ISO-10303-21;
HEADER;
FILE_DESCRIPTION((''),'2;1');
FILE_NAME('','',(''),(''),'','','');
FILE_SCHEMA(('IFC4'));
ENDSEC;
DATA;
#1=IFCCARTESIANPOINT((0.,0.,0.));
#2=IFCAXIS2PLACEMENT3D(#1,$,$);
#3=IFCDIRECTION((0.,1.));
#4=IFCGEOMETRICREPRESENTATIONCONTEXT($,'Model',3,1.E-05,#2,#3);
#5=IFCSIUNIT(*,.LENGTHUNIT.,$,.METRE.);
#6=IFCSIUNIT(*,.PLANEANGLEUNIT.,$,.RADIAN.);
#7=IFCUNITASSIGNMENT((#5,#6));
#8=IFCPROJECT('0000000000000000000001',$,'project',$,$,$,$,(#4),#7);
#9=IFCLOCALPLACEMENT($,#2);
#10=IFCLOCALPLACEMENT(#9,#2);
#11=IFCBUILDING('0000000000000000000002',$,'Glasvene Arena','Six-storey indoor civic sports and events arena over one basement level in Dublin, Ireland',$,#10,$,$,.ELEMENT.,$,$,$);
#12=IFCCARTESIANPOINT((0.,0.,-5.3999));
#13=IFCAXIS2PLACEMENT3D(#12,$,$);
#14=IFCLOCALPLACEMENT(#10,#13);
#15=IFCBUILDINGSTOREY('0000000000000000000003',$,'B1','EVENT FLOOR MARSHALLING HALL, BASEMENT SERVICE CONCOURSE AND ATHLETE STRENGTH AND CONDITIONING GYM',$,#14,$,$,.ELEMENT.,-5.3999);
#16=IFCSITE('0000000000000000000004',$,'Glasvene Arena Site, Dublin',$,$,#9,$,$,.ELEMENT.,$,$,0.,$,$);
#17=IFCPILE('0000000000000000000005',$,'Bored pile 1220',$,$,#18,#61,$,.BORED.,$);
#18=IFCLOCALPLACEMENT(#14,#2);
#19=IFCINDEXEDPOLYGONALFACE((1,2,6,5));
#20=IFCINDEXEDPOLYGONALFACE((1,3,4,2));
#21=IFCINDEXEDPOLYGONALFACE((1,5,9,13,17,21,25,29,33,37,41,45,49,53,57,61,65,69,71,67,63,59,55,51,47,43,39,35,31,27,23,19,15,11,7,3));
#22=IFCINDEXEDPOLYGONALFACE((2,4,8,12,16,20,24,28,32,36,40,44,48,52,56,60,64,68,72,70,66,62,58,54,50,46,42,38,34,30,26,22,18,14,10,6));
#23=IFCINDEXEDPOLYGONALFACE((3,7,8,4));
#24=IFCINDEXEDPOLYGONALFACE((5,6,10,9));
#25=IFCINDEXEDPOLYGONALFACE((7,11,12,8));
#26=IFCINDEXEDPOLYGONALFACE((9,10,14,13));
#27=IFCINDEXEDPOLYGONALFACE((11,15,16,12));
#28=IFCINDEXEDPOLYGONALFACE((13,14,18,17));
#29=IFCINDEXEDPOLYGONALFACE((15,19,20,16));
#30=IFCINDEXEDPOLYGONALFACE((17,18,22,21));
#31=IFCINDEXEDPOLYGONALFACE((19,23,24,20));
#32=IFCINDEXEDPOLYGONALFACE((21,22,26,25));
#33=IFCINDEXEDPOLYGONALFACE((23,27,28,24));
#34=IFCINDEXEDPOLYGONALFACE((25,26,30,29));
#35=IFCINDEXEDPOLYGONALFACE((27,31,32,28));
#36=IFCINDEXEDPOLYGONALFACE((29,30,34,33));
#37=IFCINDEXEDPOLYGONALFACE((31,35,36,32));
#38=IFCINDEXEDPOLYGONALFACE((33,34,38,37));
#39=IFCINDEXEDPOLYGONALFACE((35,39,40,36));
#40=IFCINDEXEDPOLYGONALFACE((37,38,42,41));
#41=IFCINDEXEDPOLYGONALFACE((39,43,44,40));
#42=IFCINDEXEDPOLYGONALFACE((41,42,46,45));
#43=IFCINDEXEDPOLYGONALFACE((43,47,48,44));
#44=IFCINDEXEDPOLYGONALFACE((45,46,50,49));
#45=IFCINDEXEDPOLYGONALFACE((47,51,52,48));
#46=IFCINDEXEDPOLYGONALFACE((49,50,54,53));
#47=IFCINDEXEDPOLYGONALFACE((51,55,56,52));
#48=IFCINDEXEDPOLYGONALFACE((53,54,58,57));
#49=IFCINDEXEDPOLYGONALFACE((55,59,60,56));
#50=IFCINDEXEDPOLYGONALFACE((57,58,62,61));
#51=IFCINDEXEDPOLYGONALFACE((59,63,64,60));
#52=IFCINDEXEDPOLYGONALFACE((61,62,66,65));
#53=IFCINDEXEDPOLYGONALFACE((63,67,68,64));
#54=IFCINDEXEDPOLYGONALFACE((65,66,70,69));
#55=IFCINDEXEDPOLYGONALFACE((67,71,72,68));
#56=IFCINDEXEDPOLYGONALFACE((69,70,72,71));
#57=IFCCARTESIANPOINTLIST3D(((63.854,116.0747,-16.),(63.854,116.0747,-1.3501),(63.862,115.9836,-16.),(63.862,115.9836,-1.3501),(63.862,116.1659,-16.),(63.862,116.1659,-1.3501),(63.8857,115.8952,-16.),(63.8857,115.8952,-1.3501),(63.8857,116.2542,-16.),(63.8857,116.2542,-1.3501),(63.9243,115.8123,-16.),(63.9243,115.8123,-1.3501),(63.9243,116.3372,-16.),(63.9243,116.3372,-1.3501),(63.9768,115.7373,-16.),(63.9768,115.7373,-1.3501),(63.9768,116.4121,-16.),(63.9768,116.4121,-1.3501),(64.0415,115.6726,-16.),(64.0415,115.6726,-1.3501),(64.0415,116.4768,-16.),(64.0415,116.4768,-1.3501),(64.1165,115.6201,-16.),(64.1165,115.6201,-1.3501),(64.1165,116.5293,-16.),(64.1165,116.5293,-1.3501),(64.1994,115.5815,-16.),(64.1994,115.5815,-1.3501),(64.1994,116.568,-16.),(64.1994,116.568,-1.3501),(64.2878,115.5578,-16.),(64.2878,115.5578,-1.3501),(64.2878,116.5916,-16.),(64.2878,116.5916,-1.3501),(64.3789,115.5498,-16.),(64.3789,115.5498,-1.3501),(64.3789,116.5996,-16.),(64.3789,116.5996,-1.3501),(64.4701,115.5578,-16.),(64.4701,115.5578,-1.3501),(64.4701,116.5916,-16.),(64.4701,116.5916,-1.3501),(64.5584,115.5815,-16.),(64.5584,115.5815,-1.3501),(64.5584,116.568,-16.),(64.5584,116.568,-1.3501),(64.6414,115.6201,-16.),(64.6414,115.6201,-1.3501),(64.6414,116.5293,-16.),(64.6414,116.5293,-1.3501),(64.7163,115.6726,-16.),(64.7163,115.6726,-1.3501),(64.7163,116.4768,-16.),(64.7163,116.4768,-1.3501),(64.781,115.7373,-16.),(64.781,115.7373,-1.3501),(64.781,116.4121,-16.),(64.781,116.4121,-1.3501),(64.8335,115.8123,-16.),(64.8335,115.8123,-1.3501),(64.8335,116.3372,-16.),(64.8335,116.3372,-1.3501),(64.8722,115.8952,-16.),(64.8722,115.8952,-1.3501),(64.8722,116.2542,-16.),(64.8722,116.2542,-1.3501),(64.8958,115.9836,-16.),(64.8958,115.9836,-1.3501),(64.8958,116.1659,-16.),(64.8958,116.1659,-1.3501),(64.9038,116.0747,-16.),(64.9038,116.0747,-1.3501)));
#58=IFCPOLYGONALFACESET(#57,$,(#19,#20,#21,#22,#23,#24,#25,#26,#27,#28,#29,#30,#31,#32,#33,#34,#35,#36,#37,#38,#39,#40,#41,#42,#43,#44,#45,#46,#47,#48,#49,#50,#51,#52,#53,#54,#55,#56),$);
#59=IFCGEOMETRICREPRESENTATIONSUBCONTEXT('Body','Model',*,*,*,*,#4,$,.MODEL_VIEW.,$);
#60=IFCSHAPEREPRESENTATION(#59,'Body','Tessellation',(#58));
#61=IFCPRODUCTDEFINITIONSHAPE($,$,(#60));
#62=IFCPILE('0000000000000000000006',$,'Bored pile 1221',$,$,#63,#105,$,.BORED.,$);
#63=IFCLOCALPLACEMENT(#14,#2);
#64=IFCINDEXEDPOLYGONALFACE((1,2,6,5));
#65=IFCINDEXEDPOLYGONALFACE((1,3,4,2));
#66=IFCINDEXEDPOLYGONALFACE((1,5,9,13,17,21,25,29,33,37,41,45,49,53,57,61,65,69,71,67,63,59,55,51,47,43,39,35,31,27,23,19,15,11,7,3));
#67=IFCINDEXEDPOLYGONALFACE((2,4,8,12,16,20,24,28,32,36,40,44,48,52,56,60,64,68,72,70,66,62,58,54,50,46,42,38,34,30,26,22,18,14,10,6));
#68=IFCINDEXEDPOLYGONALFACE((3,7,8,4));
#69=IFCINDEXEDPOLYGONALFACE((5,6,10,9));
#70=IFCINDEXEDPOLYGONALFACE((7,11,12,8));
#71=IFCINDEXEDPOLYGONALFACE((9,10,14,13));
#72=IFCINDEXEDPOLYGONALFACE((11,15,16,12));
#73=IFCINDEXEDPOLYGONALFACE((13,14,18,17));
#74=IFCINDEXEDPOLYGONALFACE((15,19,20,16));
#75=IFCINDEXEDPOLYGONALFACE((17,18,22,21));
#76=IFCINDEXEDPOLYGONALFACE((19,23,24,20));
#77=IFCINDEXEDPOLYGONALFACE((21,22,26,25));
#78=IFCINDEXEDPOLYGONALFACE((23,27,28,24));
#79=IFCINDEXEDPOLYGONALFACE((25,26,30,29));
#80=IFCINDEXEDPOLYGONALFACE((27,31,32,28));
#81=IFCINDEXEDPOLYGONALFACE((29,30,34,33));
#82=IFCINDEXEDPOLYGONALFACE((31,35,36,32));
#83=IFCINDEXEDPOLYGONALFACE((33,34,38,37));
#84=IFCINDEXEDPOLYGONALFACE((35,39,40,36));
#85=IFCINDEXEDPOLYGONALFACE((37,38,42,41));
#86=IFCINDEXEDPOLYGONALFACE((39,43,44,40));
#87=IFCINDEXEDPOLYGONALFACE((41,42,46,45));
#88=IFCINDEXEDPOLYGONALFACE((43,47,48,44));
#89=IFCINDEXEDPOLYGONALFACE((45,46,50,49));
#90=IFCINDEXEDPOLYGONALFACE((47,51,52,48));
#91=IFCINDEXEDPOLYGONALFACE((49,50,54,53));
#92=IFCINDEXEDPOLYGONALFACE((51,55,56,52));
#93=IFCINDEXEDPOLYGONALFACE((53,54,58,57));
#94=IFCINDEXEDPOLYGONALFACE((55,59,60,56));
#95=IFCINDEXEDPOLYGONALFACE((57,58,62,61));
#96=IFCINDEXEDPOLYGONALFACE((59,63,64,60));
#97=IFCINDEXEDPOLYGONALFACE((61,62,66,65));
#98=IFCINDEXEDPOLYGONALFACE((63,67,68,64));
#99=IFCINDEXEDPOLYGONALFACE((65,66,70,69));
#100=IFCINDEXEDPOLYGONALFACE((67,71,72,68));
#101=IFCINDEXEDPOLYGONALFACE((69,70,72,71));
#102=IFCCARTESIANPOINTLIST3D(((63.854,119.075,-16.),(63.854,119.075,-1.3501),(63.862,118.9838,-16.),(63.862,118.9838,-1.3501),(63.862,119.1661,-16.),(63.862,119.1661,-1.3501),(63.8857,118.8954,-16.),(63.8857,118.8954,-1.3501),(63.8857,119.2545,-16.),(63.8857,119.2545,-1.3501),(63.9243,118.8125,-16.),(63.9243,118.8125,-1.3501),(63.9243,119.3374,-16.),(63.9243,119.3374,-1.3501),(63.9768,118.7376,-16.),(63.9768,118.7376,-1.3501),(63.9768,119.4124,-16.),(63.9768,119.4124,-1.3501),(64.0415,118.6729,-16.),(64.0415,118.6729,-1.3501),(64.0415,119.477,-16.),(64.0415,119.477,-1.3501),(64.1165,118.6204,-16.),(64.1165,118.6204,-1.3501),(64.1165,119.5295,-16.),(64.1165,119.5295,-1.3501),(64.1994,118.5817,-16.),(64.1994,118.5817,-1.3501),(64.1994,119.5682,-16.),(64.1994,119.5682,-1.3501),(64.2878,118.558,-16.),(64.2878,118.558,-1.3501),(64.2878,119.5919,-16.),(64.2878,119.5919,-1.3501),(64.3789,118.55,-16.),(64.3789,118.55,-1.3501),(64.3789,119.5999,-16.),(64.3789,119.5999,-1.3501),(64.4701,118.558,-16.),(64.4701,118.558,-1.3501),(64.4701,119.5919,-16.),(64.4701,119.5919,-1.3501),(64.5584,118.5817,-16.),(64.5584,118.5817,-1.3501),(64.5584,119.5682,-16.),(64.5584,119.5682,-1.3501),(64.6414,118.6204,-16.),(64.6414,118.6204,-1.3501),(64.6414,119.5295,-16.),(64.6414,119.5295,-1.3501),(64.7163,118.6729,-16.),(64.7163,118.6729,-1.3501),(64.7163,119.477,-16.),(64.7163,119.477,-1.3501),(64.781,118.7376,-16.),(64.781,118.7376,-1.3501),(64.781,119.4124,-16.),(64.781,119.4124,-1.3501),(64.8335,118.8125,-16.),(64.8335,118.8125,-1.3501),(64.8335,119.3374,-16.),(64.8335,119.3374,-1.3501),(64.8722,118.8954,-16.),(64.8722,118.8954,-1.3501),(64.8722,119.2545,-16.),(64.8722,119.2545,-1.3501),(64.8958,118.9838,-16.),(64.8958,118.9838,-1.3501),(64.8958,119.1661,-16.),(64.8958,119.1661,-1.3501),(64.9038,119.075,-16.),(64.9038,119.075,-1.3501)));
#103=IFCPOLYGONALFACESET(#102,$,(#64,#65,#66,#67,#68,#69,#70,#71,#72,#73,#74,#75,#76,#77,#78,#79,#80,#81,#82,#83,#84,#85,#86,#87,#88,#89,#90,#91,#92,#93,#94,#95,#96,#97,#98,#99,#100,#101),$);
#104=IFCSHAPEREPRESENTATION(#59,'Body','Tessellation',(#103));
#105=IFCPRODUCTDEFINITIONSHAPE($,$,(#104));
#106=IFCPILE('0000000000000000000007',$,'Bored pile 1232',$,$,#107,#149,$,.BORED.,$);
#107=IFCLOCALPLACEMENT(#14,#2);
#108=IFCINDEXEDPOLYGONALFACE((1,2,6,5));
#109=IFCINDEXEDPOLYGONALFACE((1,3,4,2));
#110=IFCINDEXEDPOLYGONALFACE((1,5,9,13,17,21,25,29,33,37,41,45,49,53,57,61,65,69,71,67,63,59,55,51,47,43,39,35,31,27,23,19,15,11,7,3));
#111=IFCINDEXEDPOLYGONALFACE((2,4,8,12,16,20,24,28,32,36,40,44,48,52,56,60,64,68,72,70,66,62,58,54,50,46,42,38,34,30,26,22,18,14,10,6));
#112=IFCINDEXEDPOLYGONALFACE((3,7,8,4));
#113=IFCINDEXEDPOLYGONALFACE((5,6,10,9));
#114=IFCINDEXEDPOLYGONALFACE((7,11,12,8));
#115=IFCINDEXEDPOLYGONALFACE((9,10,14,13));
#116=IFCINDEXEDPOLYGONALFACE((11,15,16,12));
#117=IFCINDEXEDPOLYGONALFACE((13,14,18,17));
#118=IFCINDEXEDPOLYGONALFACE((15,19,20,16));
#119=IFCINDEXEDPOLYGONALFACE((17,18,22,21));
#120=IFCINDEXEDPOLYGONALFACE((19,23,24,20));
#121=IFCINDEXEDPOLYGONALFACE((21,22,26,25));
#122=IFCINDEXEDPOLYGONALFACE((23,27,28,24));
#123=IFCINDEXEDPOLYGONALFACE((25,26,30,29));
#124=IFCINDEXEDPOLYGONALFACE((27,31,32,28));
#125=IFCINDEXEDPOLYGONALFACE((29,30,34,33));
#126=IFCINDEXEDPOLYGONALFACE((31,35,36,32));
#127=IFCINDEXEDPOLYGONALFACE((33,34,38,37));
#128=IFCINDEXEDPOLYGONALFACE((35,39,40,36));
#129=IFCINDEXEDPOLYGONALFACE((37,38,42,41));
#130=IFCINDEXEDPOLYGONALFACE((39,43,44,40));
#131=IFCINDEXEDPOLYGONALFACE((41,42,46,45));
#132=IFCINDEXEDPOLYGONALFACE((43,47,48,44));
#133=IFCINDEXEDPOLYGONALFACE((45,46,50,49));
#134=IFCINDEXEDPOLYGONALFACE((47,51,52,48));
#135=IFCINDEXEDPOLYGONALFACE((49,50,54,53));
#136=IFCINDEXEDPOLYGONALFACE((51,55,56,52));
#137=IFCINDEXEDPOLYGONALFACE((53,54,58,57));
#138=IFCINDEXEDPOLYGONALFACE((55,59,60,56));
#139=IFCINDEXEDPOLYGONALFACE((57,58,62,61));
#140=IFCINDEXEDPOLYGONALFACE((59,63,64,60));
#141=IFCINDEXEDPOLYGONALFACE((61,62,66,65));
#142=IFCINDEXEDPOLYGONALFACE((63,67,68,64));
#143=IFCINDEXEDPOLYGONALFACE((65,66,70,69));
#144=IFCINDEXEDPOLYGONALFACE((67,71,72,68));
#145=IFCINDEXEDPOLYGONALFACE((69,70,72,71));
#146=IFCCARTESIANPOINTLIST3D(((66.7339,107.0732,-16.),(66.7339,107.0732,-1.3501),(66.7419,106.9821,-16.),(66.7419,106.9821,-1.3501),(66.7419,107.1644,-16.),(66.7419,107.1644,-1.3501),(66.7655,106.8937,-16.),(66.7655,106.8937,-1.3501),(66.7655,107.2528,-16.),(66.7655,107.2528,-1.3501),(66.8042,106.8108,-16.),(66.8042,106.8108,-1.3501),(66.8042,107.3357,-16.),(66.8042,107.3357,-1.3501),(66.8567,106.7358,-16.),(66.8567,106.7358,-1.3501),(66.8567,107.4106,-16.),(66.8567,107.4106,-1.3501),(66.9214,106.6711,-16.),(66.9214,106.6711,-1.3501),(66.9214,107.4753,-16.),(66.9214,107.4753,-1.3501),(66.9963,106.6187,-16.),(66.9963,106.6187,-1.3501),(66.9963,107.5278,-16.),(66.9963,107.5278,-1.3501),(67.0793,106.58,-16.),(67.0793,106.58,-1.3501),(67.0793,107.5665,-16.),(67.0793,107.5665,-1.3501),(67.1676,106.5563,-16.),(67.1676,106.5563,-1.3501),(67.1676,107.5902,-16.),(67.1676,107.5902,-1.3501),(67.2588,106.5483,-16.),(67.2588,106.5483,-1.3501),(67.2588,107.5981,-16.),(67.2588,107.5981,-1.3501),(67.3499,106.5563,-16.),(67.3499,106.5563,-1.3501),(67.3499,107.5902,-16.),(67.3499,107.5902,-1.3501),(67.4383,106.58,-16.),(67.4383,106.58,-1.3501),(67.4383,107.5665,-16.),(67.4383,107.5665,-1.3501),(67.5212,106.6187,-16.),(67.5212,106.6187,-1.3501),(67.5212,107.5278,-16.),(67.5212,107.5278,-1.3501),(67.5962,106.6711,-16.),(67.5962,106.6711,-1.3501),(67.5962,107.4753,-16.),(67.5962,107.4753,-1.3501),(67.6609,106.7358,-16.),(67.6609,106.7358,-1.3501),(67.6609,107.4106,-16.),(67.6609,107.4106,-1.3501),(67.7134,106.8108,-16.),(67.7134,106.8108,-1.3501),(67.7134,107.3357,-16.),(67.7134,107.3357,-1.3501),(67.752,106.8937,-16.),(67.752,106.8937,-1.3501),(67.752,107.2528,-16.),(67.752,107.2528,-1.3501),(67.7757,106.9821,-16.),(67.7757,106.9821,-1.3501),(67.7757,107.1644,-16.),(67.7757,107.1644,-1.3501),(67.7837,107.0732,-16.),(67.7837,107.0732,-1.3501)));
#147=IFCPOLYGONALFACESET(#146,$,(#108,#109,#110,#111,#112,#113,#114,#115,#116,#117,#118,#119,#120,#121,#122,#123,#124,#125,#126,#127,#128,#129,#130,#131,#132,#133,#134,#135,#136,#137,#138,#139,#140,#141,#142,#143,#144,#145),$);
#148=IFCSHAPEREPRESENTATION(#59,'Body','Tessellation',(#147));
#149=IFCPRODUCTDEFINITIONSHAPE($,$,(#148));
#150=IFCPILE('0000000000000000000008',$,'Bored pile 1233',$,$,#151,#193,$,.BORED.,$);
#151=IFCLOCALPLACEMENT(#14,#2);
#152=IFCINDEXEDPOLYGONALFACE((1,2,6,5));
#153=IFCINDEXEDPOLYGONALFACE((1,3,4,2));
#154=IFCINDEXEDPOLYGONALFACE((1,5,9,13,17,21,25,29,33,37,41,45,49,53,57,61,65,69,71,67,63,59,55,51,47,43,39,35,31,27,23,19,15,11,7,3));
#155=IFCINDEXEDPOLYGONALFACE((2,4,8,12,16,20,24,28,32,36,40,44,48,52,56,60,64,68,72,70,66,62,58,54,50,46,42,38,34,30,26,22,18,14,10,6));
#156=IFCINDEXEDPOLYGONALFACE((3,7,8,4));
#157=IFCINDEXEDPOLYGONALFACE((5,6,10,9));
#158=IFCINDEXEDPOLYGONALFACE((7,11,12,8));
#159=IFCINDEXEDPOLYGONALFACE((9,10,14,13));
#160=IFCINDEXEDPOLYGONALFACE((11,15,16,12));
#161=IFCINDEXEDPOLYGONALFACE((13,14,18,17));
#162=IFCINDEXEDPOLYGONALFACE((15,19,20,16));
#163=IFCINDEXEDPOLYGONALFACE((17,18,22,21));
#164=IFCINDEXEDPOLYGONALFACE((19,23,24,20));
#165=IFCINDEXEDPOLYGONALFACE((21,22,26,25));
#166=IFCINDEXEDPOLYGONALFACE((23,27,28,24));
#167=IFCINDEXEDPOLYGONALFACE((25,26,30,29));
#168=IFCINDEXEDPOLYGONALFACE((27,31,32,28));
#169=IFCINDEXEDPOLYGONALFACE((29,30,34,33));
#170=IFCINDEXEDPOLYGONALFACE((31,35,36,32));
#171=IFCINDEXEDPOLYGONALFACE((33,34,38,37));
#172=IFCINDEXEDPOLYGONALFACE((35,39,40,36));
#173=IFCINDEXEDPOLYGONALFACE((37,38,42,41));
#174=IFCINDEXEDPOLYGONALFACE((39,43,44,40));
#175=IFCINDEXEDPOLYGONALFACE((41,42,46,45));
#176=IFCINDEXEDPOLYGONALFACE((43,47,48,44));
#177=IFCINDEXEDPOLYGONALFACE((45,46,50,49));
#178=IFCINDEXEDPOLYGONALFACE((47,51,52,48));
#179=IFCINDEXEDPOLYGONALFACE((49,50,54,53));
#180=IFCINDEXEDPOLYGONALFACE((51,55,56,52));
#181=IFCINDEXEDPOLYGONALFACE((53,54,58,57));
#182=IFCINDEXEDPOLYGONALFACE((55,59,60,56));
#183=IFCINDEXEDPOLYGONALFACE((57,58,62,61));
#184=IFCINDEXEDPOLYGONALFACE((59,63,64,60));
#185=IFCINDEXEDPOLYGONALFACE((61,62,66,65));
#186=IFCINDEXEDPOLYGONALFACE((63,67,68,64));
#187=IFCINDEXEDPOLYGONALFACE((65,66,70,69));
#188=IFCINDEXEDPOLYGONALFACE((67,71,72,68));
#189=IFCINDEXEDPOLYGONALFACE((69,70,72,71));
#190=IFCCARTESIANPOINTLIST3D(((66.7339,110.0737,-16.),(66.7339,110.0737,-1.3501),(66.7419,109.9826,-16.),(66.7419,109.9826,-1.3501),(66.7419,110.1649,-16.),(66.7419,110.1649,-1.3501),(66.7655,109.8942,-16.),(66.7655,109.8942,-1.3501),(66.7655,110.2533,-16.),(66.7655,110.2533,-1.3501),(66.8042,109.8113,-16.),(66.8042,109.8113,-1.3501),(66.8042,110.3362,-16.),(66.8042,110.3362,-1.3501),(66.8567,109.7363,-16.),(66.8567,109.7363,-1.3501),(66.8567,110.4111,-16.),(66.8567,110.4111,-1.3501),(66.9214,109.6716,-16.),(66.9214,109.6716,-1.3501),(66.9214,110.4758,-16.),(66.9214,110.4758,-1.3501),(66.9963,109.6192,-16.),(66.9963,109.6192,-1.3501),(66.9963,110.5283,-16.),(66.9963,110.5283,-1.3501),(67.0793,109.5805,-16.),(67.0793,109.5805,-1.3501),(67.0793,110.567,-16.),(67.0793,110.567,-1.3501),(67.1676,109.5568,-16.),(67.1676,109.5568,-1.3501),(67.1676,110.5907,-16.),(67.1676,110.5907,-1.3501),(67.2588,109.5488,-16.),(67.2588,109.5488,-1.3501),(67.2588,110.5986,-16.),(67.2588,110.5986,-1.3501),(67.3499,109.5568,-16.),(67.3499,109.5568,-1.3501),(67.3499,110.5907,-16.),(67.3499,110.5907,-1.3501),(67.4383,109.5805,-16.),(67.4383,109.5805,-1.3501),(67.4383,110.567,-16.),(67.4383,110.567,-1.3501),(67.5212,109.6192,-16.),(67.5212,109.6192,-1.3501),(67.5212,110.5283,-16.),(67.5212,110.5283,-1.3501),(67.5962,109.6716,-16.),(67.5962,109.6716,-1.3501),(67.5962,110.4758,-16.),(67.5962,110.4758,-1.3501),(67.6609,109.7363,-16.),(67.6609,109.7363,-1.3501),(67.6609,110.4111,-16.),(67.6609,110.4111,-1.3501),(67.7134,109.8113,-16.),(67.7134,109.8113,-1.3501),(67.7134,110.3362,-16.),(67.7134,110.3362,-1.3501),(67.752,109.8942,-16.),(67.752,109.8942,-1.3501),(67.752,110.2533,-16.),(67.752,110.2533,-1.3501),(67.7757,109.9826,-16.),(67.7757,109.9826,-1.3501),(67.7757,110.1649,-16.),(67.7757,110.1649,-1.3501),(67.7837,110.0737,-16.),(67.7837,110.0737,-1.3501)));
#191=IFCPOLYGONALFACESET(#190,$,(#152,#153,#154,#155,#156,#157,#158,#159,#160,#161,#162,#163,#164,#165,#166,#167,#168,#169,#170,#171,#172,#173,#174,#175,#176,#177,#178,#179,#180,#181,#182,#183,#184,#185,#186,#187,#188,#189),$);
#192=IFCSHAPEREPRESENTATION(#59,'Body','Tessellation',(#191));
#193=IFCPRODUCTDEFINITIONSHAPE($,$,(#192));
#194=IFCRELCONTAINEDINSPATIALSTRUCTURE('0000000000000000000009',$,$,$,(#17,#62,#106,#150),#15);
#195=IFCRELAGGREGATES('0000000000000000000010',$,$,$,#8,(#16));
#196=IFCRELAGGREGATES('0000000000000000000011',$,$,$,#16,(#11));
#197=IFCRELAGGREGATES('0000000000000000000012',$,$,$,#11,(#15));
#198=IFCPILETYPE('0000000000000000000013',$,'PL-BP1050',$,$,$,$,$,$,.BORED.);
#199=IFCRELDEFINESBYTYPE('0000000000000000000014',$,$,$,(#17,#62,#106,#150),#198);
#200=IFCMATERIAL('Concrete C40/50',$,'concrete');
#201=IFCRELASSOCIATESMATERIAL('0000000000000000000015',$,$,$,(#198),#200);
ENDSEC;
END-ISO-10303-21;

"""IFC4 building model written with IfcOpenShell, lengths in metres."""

from ifc_helpers import new_model, si_unit, direction, frame, origin, origin_2d, place, context, subcontext, project, spatial, circle, extrude, material, material_profile, profile_set, type_object, element, save


model = new_model("IFC4")

# Units and contexts
model_context = context("Model", 3, precision=1e-05, world=origin(), true_north=direction((0.0, 1.0)))
body_context = subcontext(model_context, "Body", "Model", "MODEL_VIEW")
ifc_project = project(units=[si_unit("LENGTHUNIT", "METRE"), si_unit("PLANEANGLEUNIT", "RADIAN")], contexts=[model_context])

# Site, building, storey
site_placement = place(None, origin())
site = spatial("IfcSite", under=ifc_project, at=site_placement, Name="Glasvene Arena Site, Dublin", CompositionType="ELEMENT", RefElevation=0.0)
building_placement = place(site_placement, origin())
building = spatial("IfcBuilding", under=site, at=building_placement, Name="Glasvene Arena", Description="Six-storey indoor civic sports and events arena over one basement level in Dublin, Ireland", CompositionType="ELEMENT")
storey_placement = place(building_placement, frame((0.0, 0.0, -5.3999)))
storey = spatial("IfcBuildingStorey", under=building, at=storey_placement, Name="B1", Description="EVENT FLOOR MARSHALLING HALL, BASEMENT SERVICE CONCOURSE AND ATHLETE STRENGTH AND CONDITIONING GYM", CompositionType="ELEMENT", Elevation=-5.3999)

# Piles
ifc_material_1 = material(Name="Concrete C40/50", Category="concrete")
ifc_material_profile_1 = material_profile(ifc_material_1, circle(Radius=0.5249, at=origin_2d()), Name="BORED PILE 1050")
ifc_profile_set_1 = profile_set([ifc_material_profile_1], Name="Concrete C40/50")
pile_type = type_object("IfcPileType", Name="PL-BP1050", PredefinedType="BORED", material=ifc_profile_set_1)
for number, where, z_axis, x_axis, name in (
    (1, (64.3789, 116.0747, -1.3501), (0.0, 0.0, -1.0), (1.0, 0.0, 0.0), "Bored pile 1220"),
    (2, (64.3789, 119.075, -1.3501), (0.0, 0.0, -1.0), (1.0, 0.0, 0.0), "Bored pile 1221"),
    (3, (67.2588, 107.0732, -1.3501), (0.0, 0.0, -1.0), (1.0, 0.0, 0.0), "Bored pile 1232"),
    (4, (67.2588, 110.0737, -1.3501), (0.0, 0.0, -1.0), (1.0, 0.0, 0.0), "Bored pile 1233"),
):
    element("IfcPile", number, at=place(storey_placement, frame(where, z_axis=z_axis, x_axis=x_axis)), inside=storey, type_object=pile_type, Name=name, PredefinedType="BORED", context=body_context, shape_type="SweptSolid", body=[
        extrude(circle(Radius=0.5249, at=origin_2d()), origin(), (0.0, 0.0, 1.0), 14.6499),
    ])

save(model, "model.ifc")
